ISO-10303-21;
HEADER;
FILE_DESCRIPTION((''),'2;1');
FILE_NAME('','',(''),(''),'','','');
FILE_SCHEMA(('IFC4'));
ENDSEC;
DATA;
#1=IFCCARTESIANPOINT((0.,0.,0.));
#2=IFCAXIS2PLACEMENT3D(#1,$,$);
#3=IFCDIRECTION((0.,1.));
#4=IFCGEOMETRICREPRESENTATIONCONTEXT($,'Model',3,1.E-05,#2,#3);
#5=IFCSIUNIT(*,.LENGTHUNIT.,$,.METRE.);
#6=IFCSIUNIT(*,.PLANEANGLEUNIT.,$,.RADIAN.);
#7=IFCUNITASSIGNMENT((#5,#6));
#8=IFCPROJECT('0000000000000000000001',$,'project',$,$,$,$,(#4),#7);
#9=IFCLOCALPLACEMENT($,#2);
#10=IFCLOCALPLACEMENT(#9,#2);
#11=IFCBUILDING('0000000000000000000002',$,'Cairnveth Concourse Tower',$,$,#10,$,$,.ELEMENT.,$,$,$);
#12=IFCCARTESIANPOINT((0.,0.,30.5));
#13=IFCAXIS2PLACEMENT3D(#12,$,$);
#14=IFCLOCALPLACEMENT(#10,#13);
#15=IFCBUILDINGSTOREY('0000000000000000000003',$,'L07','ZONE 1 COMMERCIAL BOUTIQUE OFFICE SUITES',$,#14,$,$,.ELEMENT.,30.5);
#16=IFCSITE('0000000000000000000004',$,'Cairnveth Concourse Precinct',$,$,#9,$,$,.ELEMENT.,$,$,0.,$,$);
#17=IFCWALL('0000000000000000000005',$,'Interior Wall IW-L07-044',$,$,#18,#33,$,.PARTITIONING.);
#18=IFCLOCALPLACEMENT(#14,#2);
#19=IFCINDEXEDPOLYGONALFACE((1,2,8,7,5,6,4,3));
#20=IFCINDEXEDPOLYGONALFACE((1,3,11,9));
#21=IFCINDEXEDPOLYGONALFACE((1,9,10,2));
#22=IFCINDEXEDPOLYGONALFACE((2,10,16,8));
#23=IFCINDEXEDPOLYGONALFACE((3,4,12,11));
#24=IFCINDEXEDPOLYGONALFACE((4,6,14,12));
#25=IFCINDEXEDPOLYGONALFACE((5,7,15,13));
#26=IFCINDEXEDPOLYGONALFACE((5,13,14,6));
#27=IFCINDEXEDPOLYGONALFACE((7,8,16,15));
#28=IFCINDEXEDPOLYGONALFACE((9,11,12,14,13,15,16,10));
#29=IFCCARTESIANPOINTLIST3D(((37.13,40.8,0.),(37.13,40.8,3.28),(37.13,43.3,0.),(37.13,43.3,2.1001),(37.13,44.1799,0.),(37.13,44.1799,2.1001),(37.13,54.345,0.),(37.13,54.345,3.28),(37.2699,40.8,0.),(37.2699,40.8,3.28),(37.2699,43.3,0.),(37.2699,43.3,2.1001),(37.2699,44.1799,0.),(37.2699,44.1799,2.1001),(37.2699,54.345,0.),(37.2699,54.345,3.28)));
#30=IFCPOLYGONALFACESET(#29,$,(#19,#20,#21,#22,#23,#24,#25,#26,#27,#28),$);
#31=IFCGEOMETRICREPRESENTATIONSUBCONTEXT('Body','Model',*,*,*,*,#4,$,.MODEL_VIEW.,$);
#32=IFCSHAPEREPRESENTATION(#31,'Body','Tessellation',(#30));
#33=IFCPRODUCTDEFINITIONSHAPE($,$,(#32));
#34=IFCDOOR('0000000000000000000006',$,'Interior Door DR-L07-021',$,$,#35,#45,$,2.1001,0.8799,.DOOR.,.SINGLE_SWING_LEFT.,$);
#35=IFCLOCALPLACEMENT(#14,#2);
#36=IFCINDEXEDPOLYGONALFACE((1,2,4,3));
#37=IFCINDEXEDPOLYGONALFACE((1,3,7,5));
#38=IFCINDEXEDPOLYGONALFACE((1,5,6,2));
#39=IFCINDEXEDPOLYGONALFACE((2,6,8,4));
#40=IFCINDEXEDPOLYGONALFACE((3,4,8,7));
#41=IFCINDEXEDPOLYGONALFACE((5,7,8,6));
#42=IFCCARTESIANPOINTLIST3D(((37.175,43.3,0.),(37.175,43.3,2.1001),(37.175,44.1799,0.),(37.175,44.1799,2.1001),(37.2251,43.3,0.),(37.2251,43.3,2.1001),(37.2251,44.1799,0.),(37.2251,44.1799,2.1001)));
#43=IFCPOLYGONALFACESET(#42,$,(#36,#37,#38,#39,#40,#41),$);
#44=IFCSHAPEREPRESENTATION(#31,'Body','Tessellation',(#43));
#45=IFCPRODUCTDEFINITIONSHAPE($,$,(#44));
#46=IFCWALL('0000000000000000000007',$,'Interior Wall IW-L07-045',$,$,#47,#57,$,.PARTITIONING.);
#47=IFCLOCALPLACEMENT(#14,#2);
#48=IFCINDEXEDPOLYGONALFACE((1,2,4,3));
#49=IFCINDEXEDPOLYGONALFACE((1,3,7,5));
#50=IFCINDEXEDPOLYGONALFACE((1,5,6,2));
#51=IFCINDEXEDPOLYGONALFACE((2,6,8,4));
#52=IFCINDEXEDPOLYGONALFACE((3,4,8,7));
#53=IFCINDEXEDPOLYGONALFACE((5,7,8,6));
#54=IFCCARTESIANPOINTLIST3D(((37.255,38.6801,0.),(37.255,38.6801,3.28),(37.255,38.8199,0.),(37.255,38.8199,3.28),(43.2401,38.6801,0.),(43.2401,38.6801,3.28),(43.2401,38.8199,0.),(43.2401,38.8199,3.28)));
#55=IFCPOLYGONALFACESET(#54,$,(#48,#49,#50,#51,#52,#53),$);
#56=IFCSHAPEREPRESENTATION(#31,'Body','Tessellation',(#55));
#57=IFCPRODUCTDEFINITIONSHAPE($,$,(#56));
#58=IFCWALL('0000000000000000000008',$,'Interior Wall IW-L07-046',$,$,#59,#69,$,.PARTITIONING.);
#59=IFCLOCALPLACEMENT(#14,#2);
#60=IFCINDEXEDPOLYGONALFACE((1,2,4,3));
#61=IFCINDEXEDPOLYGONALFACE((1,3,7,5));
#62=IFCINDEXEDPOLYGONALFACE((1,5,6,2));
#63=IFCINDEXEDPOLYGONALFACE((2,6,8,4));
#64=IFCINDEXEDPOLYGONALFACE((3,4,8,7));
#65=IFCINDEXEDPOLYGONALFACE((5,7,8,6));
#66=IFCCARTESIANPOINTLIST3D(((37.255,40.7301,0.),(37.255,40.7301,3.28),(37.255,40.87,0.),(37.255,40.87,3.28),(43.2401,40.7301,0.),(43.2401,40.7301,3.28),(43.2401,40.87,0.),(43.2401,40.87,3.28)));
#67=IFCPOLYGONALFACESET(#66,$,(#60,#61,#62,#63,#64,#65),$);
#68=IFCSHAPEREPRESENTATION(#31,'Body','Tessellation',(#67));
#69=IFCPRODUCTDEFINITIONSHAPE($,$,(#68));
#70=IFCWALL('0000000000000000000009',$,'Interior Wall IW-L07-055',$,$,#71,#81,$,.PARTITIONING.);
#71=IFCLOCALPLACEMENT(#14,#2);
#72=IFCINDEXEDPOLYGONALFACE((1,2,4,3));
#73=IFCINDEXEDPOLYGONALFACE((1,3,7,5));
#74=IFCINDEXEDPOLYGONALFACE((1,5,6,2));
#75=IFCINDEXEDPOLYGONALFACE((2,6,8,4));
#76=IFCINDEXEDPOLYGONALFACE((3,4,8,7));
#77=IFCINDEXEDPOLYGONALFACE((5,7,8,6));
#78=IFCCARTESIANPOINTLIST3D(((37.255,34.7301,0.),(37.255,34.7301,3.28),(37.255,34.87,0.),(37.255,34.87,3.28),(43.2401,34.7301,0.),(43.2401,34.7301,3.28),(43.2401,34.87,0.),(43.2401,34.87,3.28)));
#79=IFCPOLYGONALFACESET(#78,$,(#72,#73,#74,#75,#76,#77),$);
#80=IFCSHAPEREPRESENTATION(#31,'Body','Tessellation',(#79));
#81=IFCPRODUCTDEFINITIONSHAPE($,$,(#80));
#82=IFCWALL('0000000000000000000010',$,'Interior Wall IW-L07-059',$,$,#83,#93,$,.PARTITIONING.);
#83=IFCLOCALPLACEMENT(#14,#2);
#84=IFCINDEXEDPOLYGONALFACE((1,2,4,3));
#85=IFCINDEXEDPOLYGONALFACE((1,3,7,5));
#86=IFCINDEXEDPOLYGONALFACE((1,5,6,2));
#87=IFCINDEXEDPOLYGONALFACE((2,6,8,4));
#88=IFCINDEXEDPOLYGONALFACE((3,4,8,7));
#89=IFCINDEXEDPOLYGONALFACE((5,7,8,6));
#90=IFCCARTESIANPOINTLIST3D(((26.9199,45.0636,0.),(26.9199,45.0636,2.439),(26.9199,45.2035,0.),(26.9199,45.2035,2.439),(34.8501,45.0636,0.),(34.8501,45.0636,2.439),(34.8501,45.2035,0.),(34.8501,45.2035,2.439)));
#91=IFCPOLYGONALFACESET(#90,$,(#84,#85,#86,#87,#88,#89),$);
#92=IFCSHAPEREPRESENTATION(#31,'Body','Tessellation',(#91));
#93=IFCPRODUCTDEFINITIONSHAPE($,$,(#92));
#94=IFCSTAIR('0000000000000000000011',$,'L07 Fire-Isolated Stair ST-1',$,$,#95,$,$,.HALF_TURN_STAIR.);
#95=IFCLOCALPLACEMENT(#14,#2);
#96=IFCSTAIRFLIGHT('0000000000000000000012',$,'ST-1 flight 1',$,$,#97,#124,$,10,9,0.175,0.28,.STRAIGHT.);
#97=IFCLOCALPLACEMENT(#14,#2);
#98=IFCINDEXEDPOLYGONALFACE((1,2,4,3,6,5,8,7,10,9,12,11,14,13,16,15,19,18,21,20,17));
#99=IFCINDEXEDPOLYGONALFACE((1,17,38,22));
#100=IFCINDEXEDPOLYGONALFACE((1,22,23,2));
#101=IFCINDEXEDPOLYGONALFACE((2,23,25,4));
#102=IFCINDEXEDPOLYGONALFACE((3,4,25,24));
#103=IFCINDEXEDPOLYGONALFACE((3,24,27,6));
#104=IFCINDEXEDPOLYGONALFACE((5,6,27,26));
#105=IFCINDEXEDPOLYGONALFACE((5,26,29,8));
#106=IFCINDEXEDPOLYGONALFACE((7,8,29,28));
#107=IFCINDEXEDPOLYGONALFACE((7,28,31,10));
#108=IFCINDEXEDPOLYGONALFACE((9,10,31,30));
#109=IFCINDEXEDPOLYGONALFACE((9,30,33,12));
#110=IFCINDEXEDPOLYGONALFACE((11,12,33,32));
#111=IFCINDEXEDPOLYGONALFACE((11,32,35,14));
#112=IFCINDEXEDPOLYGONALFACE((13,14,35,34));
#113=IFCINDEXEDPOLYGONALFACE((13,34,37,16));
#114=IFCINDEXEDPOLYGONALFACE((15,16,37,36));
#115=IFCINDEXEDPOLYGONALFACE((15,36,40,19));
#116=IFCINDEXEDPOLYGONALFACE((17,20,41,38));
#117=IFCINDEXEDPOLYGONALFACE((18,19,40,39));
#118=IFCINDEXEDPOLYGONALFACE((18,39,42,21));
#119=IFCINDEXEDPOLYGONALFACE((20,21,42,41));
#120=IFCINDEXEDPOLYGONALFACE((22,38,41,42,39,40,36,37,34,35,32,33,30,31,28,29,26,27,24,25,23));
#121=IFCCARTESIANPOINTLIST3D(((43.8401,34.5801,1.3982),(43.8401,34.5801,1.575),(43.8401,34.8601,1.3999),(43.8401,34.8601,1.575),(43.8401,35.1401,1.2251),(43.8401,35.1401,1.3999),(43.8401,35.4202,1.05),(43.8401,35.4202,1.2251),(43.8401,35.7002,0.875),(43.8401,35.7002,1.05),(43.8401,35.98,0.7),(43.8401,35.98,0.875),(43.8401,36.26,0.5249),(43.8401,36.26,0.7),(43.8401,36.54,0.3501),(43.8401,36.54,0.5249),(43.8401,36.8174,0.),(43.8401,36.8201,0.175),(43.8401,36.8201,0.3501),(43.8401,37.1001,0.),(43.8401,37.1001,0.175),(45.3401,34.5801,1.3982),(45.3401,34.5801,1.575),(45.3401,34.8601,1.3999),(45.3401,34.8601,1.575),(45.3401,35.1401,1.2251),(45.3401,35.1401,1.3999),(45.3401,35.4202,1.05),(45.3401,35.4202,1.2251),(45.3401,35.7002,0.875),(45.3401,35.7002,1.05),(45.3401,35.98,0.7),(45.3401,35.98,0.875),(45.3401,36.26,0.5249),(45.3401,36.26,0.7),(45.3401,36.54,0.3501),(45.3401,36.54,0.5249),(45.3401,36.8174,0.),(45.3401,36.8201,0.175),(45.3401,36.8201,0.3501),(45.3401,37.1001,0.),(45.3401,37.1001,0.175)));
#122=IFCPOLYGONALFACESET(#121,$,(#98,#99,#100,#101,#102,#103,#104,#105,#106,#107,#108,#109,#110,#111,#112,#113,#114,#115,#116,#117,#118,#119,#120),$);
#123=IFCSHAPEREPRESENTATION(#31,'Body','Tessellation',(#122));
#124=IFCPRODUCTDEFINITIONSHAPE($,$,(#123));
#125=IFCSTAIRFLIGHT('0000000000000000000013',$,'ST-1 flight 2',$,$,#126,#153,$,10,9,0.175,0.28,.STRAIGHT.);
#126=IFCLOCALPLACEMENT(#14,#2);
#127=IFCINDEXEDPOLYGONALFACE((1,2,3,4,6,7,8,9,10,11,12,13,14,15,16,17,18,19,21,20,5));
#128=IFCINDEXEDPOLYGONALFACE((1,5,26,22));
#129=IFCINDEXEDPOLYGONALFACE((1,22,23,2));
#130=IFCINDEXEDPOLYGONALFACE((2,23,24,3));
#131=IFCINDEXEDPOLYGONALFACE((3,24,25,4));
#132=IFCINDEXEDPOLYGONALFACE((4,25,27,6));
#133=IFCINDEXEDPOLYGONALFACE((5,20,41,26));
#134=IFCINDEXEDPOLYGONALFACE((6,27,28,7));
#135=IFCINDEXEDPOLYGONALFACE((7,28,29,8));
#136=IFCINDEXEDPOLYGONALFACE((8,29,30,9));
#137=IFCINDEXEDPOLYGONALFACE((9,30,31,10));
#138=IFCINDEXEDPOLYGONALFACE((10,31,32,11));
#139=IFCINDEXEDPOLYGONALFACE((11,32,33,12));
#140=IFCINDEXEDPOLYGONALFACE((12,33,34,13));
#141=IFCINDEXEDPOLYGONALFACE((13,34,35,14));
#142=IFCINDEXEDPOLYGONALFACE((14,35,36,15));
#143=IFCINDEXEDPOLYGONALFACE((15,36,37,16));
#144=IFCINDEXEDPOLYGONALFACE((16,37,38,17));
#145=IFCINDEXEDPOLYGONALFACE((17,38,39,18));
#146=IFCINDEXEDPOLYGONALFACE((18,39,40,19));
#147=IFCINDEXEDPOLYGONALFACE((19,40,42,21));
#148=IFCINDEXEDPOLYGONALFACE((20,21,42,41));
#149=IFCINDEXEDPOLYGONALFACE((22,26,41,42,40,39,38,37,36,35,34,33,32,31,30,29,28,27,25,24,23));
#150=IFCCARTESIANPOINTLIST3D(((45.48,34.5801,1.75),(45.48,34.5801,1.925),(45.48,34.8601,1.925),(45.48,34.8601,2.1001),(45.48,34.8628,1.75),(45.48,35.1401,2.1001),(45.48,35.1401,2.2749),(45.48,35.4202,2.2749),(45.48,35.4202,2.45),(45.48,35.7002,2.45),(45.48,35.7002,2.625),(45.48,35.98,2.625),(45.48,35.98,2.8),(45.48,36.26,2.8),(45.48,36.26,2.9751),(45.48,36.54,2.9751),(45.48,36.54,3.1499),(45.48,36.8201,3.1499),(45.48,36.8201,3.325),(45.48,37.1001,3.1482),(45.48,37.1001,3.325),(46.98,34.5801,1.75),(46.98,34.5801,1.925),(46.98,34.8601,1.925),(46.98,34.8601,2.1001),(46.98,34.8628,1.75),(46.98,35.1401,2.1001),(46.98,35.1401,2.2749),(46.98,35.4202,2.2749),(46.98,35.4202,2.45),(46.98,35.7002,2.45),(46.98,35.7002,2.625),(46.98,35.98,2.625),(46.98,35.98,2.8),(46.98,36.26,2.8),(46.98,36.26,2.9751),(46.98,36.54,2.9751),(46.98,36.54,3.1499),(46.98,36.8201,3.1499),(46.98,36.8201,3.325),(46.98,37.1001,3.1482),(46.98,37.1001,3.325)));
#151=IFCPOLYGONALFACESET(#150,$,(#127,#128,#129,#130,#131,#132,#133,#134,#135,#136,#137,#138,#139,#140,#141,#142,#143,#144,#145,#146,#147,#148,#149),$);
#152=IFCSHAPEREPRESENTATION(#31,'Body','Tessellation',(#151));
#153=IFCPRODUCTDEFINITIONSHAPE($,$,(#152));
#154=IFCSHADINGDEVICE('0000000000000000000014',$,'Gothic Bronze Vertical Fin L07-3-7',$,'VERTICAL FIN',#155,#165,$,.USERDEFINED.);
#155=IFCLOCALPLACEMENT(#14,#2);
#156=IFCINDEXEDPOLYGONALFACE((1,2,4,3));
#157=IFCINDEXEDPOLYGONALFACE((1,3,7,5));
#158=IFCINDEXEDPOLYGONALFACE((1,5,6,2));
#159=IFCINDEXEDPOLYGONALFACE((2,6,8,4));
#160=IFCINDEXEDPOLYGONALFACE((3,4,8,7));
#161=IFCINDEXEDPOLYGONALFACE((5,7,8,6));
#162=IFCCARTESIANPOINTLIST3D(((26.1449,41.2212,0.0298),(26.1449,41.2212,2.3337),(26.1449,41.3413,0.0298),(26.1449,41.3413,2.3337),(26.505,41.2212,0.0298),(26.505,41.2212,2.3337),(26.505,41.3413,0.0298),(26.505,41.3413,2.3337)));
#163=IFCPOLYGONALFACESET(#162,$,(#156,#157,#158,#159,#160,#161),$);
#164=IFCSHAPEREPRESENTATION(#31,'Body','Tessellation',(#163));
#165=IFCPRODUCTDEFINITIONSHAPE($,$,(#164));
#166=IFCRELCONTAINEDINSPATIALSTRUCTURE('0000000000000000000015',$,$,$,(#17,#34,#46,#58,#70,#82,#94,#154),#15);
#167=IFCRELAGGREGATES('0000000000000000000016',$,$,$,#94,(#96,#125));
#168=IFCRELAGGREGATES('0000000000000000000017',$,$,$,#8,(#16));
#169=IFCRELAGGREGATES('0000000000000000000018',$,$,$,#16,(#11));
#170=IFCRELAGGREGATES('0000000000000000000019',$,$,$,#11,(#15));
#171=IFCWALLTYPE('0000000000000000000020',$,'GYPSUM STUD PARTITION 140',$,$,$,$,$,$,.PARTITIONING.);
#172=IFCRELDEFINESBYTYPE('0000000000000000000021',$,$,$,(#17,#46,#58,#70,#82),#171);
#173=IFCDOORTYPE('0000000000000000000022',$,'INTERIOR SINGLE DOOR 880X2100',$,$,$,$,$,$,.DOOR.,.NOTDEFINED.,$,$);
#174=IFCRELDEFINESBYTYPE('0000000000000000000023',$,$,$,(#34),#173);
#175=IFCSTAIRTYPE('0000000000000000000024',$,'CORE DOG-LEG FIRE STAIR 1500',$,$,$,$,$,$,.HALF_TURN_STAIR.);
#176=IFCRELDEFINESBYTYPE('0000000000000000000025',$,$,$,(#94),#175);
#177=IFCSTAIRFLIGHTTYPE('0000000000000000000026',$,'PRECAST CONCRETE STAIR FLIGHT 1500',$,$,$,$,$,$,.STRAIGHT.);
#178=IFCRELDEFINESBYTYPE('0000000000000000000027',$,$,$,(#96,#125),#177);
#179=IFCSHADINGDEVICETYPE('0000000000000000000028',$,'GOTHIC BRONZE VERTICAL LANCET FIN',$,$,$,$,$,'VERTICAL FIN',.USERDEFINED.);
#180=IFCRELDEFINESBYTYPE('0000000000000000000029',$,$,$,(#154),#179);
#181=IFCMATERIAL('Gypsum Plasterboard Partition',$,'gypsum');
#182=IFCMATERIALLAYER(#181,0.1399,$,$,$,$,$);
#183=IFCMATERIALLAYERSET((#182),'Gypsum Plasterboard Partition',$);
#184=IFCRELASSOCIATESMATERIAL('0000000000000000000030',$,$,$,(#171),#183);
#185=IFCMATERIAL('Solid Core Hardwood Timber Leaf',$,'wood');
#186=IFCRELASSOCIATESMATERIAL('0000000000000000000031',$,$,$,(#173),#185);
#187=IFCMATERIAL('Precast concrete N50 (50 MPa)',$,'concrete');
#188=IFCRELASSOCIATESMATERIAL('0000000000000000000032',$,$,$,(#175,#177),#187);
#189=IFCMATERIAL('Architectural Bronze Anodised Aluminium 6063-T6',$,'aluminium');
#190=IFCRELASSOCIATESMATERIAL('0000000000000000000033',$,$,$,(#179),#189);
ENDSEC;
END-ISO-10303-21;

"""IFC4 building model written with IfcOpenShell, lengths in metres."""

from ifc_helpers import new_model, si_unit, direction, frame, frame_2d, origin, origin_2d, place, context, subcontext, project, spatial, polyline, rectangle, outline, extrude, material, layer, layer_set, type_object, element, fill, aggregate, save


model = new_model("IFC4")

# Units and contexts
model_context = context("Model", 3, precision=1e-05, world=origin(), true_north=direction((0.0, 1.0)))
body_context = subcontext(model_context, "Body", "Model", "MODEL_VIEW")
ifc_project = project(units=[si_unit("LENGTHUNIT", "METRE"), si_unit("PLANEANGLEUNIT", "RADIAN")], contexts=[model_context])

# Site, building, storey
site_placement = place(None, origin())
site = spatial("IfcSite", under=ifc_project, at=site_placement, Name="Cairnveth Concourse Precinct", CompositionType="ELEMENT", RefElevation=0.0)
building_placement = place(site_placement, origin())
building = spatial("IfcBuilding", under=site, at=building_placement, Name="Cairnveth Concourse Tower", CompositionType="ELEMENT")
storey_placement = place(building_placement, frame((0.0, 0.0, 30.5)))
storey = spatial("IfcBuildingStorey", under=building, at=storey_placement, Name="L07", Description="ZONE 1 COMMERCIAL BOUTIQUE OFFICE SUITES", CompositionType="ELEMENT", Elevation=30.5)

# Shared definitions
ifc_material_1 = material(Name="Architectural Bronze Anodised Aluminium 6063-T6", Category="aluminium")

# Wall, opening, door
ifc_material_2 = material(Name="Gypsum Plasterboard Partition", Category="gypsum")
ifc_layer_1 = layer(ifc_material_2, 0.1399)
ifc_layer_set_1 = layer_set([ifc_layer_1], Name="Gypsum Plasterboard Partition")
wall_type_1 = type_object("IfcWallType", Name="GYPSUM STUD PARTITION 140", PredefinedType="PARTITIONING", material=ifc_layer_set_1)
wall_1_placement = place(storey_placement, frame((37.2, 40.8, 0.0), z_axis=(0.0, 0.0, 1.0), x_axis=(0.0, 1.0, 0.0)))
wall_1 = element("IfcWall", 1, at=wall_1_placement, inside=storey, type_object=wall_type_1, Name="Interior Wall IW-L07-044", PredefinedType="PARTITIONING", context=body_context, shape_type="SweptSolid", body=[
    extrude(rectangle(XDim=13.5449, YDim=0.1399, at=frame_2d((6.7725, 0.0))), origin(), (0.0, 0.0, 1.0), 3.28),
])
opening_1_placement = place(wall_1_placement, frame((2.5, 0.0, 0.0)))
opening_1 = element("IfcOpeningElement", 2, at=opening_1_placement, cuts=wall_1, PredefinedType="OPENING", context=body_context, shape_type="SweptSolid", body=[
    extrude(rectangle(XDim=0.8799, YDim=2.1001, at=frame_2d((0.4399, 1.05))), frame((0.0, 0.0798, 0.0), z_axis=(0.0, -1.0, 0.0), x_axis=(1.0, 0.0, 0.0)), (0.0, 0.0, 1.0), 0.1599),
])
ifc_material_3 = material(Name="Solid Core Hardwood Timber Leaf", Category="wood")
door_type_1 = type_object("IfcDoorType", Name="INTERIOR SINGLE DOOR 880X2100", OperationType="NOTDEFINED", PredefinedType="DOOR", material=ifc_material_3)
door_1_placement = place(opening_1_placement, origin())
door_1 = element("IfcDoor", 3, at=door_1_placement, inside=storey, type_object=door_type_1, Name="Interior Door DR-L07-021", OperationType="SINGLE_SWING_LEFT", OverallHeight=2.1001, OverallWidth=0.8799, PredefinedType="DOOR", context=body_context, shape_type="SweptSolid", body=[
    extrude(rectangle(XDim=0.8799, YDim=2.1001, at=frame_2d((0.4399, 1.05))), frame((0.0, 0.0249, 0.0), z_axis=(0.0, -1.0, 0.0), x_axis=(1.0, 0.0, 0.0)), (0.0, 0.0, 1.0), 0.05),
])
fill(opening_1, door_1)

# Walls
for number, where, z_axis, x_axis, name in (
    (4, (37.2549, 38.75, 0.0), (0.0, 0.0, 1.0), (1.0, 0.0, 0.0), "Interior Wall IW-L07-045"),
    (5, (37.2549, 40.8, 0.0), (0.0, 0.0, 1.0), (1.0, 0.0, 0.0), "Interior Wall IW-L07-046"),
    (6, (37.2549, 34.8, 0.0), (0.0, 0.0, 1.0), (1.0, 0.0, 0.0), "Interior Wall IW-L07-055"),
):
    element("IfcWall", number, at=place(storey_placement, frame(where, z_axis=z_axis, x_axis=x_axis)), inside=storey, type_object=wall_type_1, Name=name, PredefinedType="PARTITIONING", context=body_context, shape_type="SweptSolid", body=[
        extrude(rectangle(XDim=5.9851, YDim=0.1399, at=frame_2d((2.9927, 0.0))), origin(), (0.0, 0.0, 1.0), 3.28),
    ])
wall_2_placement = place(storey_placement, frame((26.9199, 45.1335, 0.0), z_axis=(0.0, 0.0, 1.0), x_axis=(1.0, 0.0, 0.0)))
element("IfcWall", 7, at=wall_2_placement, inside=storey, type_object=wall_type_1, Name="Interior Wall IW-L07-059", PredefinedType="PARTITIONING", context=body_context, shape_type="SweptSolid", body=[
    extrude(rectangle(XDim=7.9302, YDim=0.1399, at=frame_2d((3.9651, 0.0))), origin(), (0.0, 0.0, 1.0), 2.439),
])

# Stair, stair flights
ifc_material_4 = material(Name="Precast concrete N50 (50 MPa)", Category="concrete")
stair_type = type_object("IfcStairType", Name="CORE DOG-LEG FIRE STAIR 1500", PredefinedType="HALF_TURN_STAIR", material=ifc_material_4)
stair_placement = place(storey_placement, origin())
stair = element("IfcStair", 8, at=stair_placement, inside=storey, type_object=stair_type, Name="L07 Fire-Isolated Stair ST-1", PredefinedType="HALF_TURN_STAIR")
stair_flight_type = type_object("IfcStairFlightType", Name="PRECAST CONCRETE STAIR FLIGHT 1500", PredefinedType="STRAIGHT", material=ifc_material_4)
stair_flight_1_placement = place(storey_placement, frame((44.5901, 37.1001, 0.0), z_axis=(0.0, 0.0, 1.0), x_axis=(0.0, -1.0, 0.0)))
stair_flight_1 = element("IfcStairFlight", 9, at=stair_flight_1_placement, type_object=stair_flight_type, Name="ST-1 flight 1", NumberOfRisers=10, NumberOfTreads=9, PredefinedType="STRAIGHT", RiserHeight=0.175, TreadLength=0.28, context=body_context, shape_type="SweptSolid", body=[
    extrude(outline(polyline([(0.0, 0.0), (0.0, 0.175), (0.28, 0.175), (0.28, 0.3501), (0.5601, 0.3501), (0.5601, 0.5249), (0.8401, 0.5249), (0.8401, 0.7), (1.1201, 0.7), (1.1201, 0.875), (1.3999, 0.875), (1.3999, 1.05), (1.6799, 1.05), (1.6799, 1.2251), (1.96, 1.2251), (1.96, 1.3999), (2.24, 1.3999), (2.24, 1.575), (2.52, 1.575), (2.52, 1.75), (2.52, 1.3982), (0.2827, 0.0), (0.0, 0.0)])), frame((0.0, 0.75, 0.0), z_axis=(0.0, -1.0, 0.0), x_axis=(1.0, 0.0, 0.0)), (0.0, 0.0, 1.0), 1.5),
])
stair_flight_2_placement = place(storey_placement, frame((46.23, 34.5801, 1.75), z_axis=(0.0, 0.0, 1.0), x_axis=(0.0, 1.0, 0.0)))
stair_flight_2 = element("IfcStairFlight", 10, at=stair_flight_2_placement, type_object=stair_flight_type, Name="ST-1 flight 2", NumberOfRisers=10, NumberOfTreads=9, PredefinedType="STRAIGHT", RiserHeight=0.175, TreadLength=0.28, context=body_context, shape_type="SweptSolid", body=[
    extrude(outline(polyline([(0.0, 0.0), (0.0, 0.175), (0.28, 0.175), (0.28, 0.3501), (0.5601, 0.3501), (0.5601, 0.5249), (0.8401, 0.5249), (0.8401, 0.7), (1.1201, 0.7), (1.1201, 0.875), (1.3999, 0.875), (1.3999, 1.05), (1.6799, 1.05), (1.6799, 1.2251), (1.96, 1.2251), (1.96, 1.3999), (2.24, 1.3999), (2.24, 1.575), (2.52, 1.575), (2.52, 1.75), (2.52, 1.3982), (0.2827, 0.0), (0.0, 0.0)])), frame((0.0, 0.75, 0.0), z_axis=(0.0, -1.0, 0.0), x_axis=(1.0, 0.0, 0.0)), (0.0, 0.0, 1.0), 1.5),
])
aggregate(stair, [stair_flight_1, stair_flight_2])

# Shading device
shading_device_type = type_object("IfcShadingDeviceType", Name="GOTHIC BRONZE VERTICAL LANCET FIN", ElementType="VERTICAL FIN", PredefinedType="USERDEFINED", material=ifc_material_1)
shading_device_placement = place(storey_placement, frame((26.325, 41.2812, 0.0298), z_axis=(0.0, 0.0, 1.0), x_axis=(0.0, 1.0, 0.0)))
element("IfcShadingDevice", 11, at=shading_device_placement, inside=storey, type_object=shading_device_type, Name="Gothic Bronze Vertical Fin L07-3-7", ObjectType="VERTICAL FIN", PredefinedType="USERDEFINED", context=body_context, shape_type="SweptSolid", body=[
    extrude(rectangle(XDim=0.1201, YDim=0.3601, at=origin_2d()), origin(), (0.0, 0.0, 1.0), 2.304),
])

save(model, "model.ifc")
